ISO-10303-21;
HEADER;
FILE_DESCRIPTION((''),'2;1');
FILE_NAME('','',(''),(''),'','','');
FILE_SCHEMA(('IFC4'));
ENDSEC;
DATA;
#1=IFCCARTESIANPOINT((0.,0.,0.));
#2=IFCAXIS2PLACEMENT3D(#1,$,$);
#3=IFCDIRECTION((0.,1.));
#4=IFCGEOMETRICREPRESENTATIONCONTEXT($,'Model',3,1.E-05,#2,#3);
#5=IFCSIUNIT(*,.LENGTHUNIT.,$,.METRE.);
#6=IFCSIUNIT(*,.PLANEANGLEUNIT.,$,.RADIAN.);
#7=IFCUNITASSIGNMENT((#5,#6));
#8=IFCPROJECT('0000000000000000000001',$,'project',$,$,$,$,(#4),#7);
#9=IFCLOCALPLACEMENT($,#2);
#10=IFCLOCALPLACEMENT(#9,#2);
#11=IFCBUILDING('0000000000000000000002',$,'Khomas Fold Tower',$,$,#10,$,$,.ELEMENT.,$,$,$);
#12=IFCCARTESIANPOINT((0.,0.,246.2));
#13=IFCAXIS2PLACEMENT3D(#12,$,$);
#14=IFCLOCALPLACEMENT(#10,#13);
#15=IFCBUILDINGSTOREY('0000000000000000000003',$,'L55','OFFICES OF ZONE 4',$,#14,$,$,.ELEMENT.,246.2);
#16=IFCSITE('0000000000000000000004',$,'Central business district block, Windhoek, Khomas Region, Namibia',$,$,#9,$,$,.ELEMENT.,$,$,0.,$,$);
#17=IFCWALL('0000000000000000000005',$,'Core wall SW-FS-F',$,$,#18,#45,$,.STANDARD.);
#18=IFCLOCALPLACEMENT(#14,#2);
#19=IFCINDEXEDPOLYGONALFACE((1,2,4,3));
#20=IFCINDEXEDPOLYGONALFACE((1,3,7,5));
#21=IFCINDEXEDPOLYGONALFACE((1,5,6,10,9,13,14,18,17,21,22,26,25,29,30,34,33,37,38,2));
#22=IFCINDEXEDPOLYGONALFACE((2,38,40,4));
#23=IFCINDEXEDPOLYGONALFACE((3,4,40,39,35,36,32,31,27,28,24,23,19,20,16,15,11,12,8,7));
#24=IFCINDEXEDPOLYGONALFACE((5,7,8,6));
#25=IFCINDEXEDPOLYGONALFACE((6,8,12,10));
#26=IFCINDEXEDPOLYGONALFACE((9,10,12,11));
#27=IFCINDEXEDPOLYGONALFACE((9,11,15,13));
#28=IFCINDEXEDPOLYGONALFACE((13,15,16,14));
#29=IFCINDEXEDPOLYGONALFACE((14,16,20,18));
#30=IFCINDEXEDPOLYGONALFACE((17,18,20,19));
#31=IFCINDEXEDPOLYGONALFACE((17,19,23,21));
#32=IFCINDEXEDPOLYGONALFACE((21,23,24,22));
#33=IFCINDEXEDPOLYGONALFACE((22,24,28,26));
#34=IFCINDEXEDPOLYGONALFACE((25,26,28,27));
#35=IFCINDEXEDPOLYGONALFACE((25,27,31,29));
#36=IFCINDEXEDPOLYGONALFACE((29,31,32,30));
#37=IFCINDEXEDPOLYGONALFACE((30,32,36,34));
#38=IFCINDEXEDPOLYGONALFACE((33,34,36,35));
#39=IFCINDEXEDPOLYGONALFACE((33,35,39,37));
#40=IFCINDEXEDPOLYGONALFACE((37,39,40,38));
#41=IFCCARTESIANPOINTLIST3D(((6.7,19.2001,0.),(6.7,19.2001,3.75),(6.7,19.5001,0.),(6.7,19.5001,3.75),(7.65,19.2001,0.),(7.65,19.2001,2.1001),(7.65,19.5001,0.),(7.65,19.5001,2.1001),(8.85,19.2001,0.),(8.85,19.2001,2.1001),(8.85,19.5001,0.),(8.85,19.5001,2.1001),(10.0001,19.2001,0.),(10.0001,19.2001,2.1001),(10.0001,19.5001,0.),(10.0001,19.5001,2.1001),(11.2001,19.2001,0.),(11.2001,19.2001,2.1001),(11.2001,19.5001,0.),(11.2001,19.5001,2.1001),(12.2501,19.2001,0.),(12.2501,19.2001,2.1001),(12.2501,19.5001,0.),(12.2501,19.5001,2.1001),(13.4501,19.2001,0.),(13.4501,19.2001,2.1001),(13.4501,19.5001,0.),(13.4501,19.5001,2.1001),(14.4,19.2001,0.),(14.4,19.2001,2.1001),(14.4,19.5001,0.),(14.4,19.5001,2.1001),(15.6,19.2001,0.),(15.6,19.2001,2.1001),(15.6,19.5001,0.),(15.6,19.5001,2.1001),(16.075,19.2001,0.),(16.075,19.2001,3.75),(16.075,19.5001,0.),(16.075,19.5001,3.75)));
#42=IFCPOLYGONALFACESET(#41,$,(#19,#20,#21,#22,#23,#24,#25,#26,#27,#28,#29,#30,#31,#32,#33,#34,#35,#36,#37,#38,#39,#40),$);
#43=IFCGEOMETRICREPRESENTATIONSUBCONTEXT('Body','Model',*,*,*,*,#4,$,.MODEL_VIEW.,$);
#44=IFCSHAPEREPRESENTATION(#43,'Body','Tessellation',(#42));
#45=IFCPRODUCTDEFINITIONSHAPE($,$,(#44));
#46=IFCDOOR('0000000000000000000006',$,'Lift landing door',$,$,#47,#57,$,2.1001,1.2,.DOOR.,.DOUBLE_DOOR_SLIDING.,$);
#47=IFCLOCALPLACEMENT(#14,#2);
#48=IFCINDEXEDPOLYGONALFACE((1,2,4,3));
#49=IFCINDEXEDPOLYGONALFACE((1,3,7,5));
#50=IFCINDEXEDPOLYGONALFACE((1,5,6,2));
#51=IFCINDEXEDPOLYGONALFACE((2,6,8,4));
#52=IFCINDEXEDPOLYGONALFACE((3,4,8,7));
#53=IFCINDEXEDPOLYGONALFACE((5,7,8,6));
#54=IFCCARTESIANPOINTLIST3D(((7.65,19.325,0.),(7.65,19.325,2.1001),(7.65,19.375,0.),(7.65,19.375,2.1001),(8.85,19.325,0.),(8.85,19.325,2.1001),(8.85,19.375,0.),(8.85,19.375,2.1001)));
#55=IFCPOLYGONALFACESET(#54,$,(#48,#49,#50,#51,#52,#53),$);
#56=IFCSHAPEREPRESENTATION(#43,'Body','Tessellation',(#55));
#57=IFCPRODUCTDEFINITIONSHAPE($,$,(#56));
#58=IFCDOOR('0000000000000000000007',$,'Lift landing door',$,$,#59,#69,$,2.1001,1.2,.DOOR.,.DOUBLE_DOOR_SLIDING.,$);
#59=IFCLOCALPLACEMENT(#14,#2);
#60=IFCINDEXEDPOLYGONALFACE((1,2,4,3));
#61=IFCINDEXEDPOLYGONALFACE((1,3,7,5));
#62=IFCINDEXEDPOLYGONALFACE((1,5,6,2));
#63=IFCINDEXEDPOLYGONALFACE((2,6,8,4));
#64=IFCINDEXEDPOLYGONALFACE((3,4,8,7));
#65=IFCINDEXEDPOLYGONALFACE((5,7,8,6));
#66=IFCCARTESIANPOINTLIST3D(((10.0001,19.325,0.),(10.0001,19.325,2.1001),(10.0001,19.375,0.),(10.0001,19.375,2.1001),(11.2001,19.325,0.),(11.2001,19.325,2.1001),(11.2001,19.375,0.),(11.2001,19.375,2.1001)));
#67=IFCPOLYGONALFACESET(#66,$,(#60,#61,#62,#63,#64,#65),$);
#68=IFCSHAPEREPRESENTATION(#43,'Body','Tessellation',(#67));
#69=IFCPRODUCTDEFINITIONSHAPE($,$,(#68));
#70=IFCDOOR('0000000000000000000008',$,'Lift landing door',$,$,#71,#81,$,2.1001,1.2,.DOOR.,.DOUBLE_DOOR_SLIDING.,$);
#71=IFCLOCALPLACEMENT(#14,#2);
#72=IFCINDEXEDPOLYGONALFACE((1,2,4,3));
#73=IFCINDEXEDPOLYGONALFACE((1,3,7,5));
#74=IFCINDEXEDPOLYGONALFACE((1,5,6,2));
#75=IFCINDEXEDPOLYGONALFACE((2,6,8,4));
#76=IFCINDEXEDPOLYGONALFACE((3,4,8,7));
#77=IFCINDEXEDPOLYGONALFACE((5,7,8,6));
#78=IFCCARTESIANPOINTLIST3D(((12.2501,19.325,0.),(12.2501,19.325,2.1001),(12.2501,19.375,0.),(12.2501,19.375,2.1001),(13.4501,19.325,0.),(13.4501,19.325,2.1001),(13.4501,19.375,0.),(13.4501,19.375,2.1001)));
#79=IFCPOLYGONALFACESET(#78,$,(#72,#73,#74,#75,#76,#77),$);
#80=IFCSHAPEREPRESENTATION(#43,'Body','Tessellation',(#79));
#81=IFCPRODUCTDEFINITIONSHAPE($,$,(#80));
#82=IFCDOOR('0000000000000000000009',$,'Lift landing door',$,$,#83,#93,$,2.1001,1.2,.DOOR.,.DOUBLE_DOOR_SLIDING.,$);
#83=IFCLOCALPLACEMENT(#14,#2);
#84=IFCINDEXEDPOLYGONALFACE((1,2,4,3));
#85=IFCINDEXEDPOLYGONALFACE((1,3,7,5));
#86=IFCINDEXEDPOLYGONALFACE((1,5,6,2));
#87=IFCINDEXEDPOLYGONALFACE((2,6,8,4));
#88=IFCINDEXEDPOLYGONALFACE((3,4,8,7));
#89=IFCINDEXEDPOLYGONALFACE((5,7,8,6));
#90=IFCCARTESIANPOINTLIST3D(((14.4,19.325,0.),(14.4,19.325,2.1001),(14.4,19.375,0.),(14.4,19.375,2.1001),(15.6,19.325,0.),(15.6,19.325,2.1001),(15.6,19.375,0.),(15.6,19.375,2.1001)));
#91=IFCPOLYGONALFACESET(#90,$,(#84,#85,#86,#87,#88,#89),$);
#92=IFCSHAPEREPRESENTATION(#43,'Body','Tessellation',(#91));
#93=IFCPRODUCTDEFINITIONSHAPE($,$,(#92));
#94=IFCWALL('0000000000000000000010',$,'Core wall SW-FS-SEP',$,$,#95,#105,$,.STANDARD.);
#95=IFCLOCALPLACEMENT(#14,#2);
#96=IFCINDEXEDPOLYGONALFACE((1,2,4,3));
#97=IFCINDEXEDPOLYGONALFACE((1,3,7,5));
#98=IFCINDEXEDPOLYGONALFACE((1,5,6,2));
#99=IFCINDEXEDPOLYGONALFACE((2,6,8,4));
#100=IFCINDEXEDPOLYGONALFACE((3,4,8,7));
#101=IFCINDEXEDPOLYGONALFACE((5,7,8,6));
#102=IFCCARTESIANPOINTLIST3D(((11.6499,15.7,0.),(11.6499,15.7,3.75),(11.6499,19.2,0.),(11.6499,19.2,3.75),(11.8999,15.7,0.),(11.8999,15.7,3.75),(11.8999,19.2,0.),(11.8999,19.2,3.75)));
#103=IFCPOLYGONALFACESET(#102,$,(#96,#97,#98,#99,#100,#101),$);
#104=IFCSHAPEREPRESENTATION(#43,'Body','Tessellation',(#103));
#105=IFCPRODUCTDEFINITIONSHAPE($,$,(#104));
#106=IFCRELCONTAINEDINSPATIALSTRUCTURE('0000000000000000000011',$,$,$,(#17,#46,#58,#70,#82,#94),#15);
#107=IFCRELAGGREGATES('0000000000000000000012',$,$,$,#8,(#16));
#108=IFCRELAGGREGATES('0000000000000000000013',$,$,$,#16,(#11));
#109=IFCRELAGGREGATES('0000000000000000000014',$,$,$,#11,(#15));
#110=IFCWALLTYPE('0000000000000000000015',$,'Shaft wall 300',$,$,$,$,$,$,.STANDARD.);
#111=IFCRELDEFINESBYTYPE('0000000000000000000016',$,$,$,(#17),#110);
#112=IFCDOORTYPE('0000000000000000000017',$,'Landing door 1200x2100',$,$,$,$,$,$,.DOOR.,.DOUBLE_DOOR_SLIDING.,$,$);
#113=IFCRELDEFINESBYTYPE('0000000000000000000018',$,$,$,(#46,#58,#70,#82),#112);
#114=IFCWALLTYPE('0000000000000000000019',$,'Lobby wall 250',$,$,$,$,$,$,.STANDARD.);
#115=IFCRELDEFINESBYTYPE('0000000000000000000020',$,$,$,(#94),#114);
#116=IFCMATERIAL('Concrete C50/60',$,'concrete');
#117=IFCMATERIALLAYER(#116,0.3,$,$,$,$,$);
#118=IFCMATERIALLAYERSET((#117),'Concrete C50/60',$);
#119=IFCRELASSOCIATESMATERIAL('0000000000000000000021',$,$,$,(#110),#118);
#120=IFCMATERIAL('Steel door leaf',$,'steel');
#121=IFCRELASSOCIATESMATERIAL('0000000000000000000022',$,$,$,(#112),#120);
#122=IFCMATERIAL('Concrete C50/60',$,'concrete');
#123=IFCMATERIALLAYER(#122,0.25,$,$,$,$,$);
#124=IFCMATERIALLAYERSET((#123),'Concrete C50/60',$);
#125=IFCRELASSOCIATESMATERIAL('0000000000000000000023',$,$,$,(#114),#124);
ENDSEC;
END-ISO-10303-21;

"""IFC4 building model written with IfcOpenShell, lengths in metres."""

from ifc_helpers import new_model, si_unit, direction, frame, frame_2d, origin, place, context, subcontext, project, spatial, rectangle, extrude, source, transform, mapped, material, layer, layer_set, type_object, element, fill, save


model = new_model("IFC4")

# Units and contexts
model_context = context("Model", 3, precision=1e-05, world=origin(), true_north=direction((0.0, 1.0)))
body_context = subcontext(model_context, "Body", "Model", "MODEL_VIEW")
ifc_project = project(units=[si_unit("LENGTHUNIT", "METRE"), si_unit("PLANEANGLEUNIT", "RADIAN")], contexts=[model_context])

# Site, building, storey
site_placement = place(None, origin())
site = spatial("IfcSite", under=ifc_project, at=site_placement, Name="Central business district block, Windhoek, Khomas Region, Namibia", CompositionType="ELEMENT", RefElevation=0.0)
building_placement = place(site_placement, origin())
building = spatial("IfcBuilding", under=site, at=building_placement, Name="Khomas Fold Tower", CompositionType="ELEMENT")
storey_placement = place(building_placement, frame((0.0, 0.0, 246.2)))
storey = spatial("IfcBuildingStorey", under=building, at=storey_placement, Name="L55", Description="OFFICES OF ZONE 4", CompositionType="ELEMENT", Elevation=246.2)

# Shared definitions
ifc_material_1 = material(Name="Concrete C50/60", Category="concrete")
ifc_layer_1 = layer(ifc_material_1, 0.3)
ifc_layer_set_1 = layer_set([ifc_layer_1], Name="Concrete C50/60")
wall_type_1 = type_object("IfcWallType", Name="Shaft wall 300", PredefinedType="STANDARD", material=ifc_layer_set_1)

# Wall, openings, doors
shared_shape_1 = source(origin(), body_context, "Body", "SweptSolid", [
    extrude(rectangle(XDim=9.375, YDim=0.3, at=frame_2d((4.6875, 0.0))), origin(), (0.0, 0.0, 1.0), 3.75),
])
wall_1_placement = place(storey_placement, frame((6.7, 19.3501, 0.0), z_axis=(0.0, 0.0, 1.0), x_axis=(1.0, 0.0, 0.0)))
wall_1 = element("IfcWall", 1, at=wall_1_placement, inside=storey, type_object=wall_type_1, Name="Core wall SW-FS-F", PredefinedType="STANDARD", context=body_context, shape_type="MappedRepresentation", body=[
    mapped(shared_shape_1, transform((0.0, 0.0, 0.0))),
])
shared_shape_2 = source(origin(), body_context, "Body", "SweptSolid", [
    extrude(rectangle(XDim=1.2, YDim=2.1001, at=frame_2d((0.6001, 1.05))), frame((0.0, 0.1599, 0.0), z_axis=(0.0, -1.0, 0.0), x_axis=(1.0, 0.0, 0.0)), (0.0, 0.0, 1.0), 0.3201),
])
opening_1_placement = place(wall_1_placement, frame((0.95, 0.0, 0.0)))
opening_1 = element("IfcOpeningElement", 2, at=opening_1_placement, cuts=wall_1, PredefinedType="OPENING", context=body_context, shape_type="MappedRepresentation", body=[
    mapped(shared_shape_2, transform((0.0, 0.0, 0.0))),
])
opening_2_placement = place(wall_1_placement, frame((3.3, 0.0, 0.0)))
opening_2 = element("IfcOpeningElement", 3, at=opening_2_placement, cuts=wall_1, PredefinedType="OPENING", context=body_context, shape_type="MappedRepresentation", body=[
    mapped(shared_shape_2, transform((0.0, 0.0, 0.0))),
])
opening_3_placement = place(wall_1_placement, frame((5.55, 0.0, 0.0)))
opening_3 = element("IfcOpeningElement", 4, at=opening_3_placement, cuts=wall_1, PredefinedType="OPENING", context=body_context, shape_type="MappedRepresentation", body=[
    mapped(shared_shape_2, transform((0.0, 0.0, 0.0))),
])
opening_4_placement = place(wall_1_placement, frame((7.7, 0.0, 0.0)))
opening_4 = element("IfcOpeningElement", 5, at=opening_4_placement, cuts=wall_1, PredefinedType="OPENING", context=body_context, shape_type="MappedRepresentation", body=[
    mapped(shared_shape_2, transform((0.0, 0.0, 0.0))),
])
ifc_material_2 = material(Name="Steel door leaf", Category="steel")
door_type_1 = type_object("IfcDoorType", Name="Landing door 1200x2100", OperationType="DOUBLE_DOOR_SLIDING", PredefinedType="DOOR", material=ifc_material_2)
shared_shape_3 = source(origin(), body_context, "Body", "SweptSolid", [
    extrude(rectangle(XDim=1.2, YDim=2.1001, at=frame_2d((0.6001, 1.05))), frame((0.0, 0.0249, 0.0), z_axis=(0.0, -1.0, 0.0), x_axis=(1.0, 0.0, 0.0)), (0.0, 0.0, 1.0), 0.05),
])
door_1_placement = place(opening_1_placement, origin())
door_1 = element("IfcDoor", 6, at=door_1_placement, inside=storey, type_object=door_type_1, Name="Lift landing door", OperationType="DOUBLE_DOOR_SLIDING", OverallHeight=2.1001, OverallWidth=1.2, PredefinedType="DOOR", context=body_context, shape_type="MappedRepresentation", body=[
    mapped(shared_shape_3, transform((0.0, 0.0, 0.0))),
])
fill(opening_1, door_1)
door_2_placement = place(opening_2_placement, origin())
door_2 = element("IfcDoor", 7, at=door_2_placement, inside=storey, type_object=door_type_1, Name="Lift landing door", OperationType="DOUBLE_DOOR_SLIDING", OverallHeight=2.1001, OverallWidth=1.2, PredefinedType="DOOR", context=body_context, shape_type="MappedRepresentation", body=[
    mapped(shared_shape_3, transform((0.0, 0.0, 0.0))),
])
fill(opening_2, door_2)
door_3_placement = place(opening_3_placement, origin())
door_3 = element("IfcDoor", 8, at=door_3_placement, inside=storey, type_object=door_type_1, Name="Lift landing door", OperationType="DOUBLE_DOOR_SLIDING", OverallHeight=2.1001, OverallWidth=1.2, PredefinedType="DOOR", context=body_context, shape_type="MappedRepresentation", body=[
    mapped(shared_shape_3, transform((0.0, 0.0, 0.0))),
])
fill(opening_3, door_3)
door_4_placement = place(opening_4_placement, origin())
door_4 = element("IfcDoor", 9, at=door_4_placement, inside=storey, type_object=door_type_1, Name="Lift landing door", OperationType="DOUBLE_DOOR_SLIDING", OverallHeight=2.1001, OverallWidth=1.2, PredefinedType="DOOR", context=body_context, shape_type="MappedRepresentation", body=[
    mapped(shared_shape_3, transform((0.0, 0.0, 0.0))),
])
fill(opening_4, door_4)

# Wall
ifc_material_3 = material(Name="Concrete C50/60", Category="concrete")
ifc_layer_2 = layer(ifc_material_3, 0.25)
ifc_layer_set_2 = layer_set([ifc_layer_2], Name="Concrete C50/60")
wall_type_2 = type_object("IfcWallType", Name="Lobby wall 250", PredefinedType="STANDARD", material=ifc_layer_set_2)
shared_shape_4 = source(origin(), body_context, "Body", "SweptSolid", [
    extrude(rectangle(XDim=3.5, YDim=0.25, at=frame_2d((1.75, 0.0))), origin(), (0.0, 0.0, 1.0), 3.75),
])
wall_2_placement = place(storey_placement, frame((11.7749, 15.7, 0.0), z_axis=(0.0, 0.0, 1.0), x_axis=(0.0, 1.0, 0.0)))
element("IfcWall", 10, at=wall_2_placement, inside=storey, type_object=wall_type_2, Name="Core wall SW-FS-SEP", PredefinedType="STANDARD", context=body_context, shape_type="MappedRepresentation", body=[
    mapped(shared_shape_4, transform((0.0, 0.0, 0.0))),
])

save(model, "model.ifc")
